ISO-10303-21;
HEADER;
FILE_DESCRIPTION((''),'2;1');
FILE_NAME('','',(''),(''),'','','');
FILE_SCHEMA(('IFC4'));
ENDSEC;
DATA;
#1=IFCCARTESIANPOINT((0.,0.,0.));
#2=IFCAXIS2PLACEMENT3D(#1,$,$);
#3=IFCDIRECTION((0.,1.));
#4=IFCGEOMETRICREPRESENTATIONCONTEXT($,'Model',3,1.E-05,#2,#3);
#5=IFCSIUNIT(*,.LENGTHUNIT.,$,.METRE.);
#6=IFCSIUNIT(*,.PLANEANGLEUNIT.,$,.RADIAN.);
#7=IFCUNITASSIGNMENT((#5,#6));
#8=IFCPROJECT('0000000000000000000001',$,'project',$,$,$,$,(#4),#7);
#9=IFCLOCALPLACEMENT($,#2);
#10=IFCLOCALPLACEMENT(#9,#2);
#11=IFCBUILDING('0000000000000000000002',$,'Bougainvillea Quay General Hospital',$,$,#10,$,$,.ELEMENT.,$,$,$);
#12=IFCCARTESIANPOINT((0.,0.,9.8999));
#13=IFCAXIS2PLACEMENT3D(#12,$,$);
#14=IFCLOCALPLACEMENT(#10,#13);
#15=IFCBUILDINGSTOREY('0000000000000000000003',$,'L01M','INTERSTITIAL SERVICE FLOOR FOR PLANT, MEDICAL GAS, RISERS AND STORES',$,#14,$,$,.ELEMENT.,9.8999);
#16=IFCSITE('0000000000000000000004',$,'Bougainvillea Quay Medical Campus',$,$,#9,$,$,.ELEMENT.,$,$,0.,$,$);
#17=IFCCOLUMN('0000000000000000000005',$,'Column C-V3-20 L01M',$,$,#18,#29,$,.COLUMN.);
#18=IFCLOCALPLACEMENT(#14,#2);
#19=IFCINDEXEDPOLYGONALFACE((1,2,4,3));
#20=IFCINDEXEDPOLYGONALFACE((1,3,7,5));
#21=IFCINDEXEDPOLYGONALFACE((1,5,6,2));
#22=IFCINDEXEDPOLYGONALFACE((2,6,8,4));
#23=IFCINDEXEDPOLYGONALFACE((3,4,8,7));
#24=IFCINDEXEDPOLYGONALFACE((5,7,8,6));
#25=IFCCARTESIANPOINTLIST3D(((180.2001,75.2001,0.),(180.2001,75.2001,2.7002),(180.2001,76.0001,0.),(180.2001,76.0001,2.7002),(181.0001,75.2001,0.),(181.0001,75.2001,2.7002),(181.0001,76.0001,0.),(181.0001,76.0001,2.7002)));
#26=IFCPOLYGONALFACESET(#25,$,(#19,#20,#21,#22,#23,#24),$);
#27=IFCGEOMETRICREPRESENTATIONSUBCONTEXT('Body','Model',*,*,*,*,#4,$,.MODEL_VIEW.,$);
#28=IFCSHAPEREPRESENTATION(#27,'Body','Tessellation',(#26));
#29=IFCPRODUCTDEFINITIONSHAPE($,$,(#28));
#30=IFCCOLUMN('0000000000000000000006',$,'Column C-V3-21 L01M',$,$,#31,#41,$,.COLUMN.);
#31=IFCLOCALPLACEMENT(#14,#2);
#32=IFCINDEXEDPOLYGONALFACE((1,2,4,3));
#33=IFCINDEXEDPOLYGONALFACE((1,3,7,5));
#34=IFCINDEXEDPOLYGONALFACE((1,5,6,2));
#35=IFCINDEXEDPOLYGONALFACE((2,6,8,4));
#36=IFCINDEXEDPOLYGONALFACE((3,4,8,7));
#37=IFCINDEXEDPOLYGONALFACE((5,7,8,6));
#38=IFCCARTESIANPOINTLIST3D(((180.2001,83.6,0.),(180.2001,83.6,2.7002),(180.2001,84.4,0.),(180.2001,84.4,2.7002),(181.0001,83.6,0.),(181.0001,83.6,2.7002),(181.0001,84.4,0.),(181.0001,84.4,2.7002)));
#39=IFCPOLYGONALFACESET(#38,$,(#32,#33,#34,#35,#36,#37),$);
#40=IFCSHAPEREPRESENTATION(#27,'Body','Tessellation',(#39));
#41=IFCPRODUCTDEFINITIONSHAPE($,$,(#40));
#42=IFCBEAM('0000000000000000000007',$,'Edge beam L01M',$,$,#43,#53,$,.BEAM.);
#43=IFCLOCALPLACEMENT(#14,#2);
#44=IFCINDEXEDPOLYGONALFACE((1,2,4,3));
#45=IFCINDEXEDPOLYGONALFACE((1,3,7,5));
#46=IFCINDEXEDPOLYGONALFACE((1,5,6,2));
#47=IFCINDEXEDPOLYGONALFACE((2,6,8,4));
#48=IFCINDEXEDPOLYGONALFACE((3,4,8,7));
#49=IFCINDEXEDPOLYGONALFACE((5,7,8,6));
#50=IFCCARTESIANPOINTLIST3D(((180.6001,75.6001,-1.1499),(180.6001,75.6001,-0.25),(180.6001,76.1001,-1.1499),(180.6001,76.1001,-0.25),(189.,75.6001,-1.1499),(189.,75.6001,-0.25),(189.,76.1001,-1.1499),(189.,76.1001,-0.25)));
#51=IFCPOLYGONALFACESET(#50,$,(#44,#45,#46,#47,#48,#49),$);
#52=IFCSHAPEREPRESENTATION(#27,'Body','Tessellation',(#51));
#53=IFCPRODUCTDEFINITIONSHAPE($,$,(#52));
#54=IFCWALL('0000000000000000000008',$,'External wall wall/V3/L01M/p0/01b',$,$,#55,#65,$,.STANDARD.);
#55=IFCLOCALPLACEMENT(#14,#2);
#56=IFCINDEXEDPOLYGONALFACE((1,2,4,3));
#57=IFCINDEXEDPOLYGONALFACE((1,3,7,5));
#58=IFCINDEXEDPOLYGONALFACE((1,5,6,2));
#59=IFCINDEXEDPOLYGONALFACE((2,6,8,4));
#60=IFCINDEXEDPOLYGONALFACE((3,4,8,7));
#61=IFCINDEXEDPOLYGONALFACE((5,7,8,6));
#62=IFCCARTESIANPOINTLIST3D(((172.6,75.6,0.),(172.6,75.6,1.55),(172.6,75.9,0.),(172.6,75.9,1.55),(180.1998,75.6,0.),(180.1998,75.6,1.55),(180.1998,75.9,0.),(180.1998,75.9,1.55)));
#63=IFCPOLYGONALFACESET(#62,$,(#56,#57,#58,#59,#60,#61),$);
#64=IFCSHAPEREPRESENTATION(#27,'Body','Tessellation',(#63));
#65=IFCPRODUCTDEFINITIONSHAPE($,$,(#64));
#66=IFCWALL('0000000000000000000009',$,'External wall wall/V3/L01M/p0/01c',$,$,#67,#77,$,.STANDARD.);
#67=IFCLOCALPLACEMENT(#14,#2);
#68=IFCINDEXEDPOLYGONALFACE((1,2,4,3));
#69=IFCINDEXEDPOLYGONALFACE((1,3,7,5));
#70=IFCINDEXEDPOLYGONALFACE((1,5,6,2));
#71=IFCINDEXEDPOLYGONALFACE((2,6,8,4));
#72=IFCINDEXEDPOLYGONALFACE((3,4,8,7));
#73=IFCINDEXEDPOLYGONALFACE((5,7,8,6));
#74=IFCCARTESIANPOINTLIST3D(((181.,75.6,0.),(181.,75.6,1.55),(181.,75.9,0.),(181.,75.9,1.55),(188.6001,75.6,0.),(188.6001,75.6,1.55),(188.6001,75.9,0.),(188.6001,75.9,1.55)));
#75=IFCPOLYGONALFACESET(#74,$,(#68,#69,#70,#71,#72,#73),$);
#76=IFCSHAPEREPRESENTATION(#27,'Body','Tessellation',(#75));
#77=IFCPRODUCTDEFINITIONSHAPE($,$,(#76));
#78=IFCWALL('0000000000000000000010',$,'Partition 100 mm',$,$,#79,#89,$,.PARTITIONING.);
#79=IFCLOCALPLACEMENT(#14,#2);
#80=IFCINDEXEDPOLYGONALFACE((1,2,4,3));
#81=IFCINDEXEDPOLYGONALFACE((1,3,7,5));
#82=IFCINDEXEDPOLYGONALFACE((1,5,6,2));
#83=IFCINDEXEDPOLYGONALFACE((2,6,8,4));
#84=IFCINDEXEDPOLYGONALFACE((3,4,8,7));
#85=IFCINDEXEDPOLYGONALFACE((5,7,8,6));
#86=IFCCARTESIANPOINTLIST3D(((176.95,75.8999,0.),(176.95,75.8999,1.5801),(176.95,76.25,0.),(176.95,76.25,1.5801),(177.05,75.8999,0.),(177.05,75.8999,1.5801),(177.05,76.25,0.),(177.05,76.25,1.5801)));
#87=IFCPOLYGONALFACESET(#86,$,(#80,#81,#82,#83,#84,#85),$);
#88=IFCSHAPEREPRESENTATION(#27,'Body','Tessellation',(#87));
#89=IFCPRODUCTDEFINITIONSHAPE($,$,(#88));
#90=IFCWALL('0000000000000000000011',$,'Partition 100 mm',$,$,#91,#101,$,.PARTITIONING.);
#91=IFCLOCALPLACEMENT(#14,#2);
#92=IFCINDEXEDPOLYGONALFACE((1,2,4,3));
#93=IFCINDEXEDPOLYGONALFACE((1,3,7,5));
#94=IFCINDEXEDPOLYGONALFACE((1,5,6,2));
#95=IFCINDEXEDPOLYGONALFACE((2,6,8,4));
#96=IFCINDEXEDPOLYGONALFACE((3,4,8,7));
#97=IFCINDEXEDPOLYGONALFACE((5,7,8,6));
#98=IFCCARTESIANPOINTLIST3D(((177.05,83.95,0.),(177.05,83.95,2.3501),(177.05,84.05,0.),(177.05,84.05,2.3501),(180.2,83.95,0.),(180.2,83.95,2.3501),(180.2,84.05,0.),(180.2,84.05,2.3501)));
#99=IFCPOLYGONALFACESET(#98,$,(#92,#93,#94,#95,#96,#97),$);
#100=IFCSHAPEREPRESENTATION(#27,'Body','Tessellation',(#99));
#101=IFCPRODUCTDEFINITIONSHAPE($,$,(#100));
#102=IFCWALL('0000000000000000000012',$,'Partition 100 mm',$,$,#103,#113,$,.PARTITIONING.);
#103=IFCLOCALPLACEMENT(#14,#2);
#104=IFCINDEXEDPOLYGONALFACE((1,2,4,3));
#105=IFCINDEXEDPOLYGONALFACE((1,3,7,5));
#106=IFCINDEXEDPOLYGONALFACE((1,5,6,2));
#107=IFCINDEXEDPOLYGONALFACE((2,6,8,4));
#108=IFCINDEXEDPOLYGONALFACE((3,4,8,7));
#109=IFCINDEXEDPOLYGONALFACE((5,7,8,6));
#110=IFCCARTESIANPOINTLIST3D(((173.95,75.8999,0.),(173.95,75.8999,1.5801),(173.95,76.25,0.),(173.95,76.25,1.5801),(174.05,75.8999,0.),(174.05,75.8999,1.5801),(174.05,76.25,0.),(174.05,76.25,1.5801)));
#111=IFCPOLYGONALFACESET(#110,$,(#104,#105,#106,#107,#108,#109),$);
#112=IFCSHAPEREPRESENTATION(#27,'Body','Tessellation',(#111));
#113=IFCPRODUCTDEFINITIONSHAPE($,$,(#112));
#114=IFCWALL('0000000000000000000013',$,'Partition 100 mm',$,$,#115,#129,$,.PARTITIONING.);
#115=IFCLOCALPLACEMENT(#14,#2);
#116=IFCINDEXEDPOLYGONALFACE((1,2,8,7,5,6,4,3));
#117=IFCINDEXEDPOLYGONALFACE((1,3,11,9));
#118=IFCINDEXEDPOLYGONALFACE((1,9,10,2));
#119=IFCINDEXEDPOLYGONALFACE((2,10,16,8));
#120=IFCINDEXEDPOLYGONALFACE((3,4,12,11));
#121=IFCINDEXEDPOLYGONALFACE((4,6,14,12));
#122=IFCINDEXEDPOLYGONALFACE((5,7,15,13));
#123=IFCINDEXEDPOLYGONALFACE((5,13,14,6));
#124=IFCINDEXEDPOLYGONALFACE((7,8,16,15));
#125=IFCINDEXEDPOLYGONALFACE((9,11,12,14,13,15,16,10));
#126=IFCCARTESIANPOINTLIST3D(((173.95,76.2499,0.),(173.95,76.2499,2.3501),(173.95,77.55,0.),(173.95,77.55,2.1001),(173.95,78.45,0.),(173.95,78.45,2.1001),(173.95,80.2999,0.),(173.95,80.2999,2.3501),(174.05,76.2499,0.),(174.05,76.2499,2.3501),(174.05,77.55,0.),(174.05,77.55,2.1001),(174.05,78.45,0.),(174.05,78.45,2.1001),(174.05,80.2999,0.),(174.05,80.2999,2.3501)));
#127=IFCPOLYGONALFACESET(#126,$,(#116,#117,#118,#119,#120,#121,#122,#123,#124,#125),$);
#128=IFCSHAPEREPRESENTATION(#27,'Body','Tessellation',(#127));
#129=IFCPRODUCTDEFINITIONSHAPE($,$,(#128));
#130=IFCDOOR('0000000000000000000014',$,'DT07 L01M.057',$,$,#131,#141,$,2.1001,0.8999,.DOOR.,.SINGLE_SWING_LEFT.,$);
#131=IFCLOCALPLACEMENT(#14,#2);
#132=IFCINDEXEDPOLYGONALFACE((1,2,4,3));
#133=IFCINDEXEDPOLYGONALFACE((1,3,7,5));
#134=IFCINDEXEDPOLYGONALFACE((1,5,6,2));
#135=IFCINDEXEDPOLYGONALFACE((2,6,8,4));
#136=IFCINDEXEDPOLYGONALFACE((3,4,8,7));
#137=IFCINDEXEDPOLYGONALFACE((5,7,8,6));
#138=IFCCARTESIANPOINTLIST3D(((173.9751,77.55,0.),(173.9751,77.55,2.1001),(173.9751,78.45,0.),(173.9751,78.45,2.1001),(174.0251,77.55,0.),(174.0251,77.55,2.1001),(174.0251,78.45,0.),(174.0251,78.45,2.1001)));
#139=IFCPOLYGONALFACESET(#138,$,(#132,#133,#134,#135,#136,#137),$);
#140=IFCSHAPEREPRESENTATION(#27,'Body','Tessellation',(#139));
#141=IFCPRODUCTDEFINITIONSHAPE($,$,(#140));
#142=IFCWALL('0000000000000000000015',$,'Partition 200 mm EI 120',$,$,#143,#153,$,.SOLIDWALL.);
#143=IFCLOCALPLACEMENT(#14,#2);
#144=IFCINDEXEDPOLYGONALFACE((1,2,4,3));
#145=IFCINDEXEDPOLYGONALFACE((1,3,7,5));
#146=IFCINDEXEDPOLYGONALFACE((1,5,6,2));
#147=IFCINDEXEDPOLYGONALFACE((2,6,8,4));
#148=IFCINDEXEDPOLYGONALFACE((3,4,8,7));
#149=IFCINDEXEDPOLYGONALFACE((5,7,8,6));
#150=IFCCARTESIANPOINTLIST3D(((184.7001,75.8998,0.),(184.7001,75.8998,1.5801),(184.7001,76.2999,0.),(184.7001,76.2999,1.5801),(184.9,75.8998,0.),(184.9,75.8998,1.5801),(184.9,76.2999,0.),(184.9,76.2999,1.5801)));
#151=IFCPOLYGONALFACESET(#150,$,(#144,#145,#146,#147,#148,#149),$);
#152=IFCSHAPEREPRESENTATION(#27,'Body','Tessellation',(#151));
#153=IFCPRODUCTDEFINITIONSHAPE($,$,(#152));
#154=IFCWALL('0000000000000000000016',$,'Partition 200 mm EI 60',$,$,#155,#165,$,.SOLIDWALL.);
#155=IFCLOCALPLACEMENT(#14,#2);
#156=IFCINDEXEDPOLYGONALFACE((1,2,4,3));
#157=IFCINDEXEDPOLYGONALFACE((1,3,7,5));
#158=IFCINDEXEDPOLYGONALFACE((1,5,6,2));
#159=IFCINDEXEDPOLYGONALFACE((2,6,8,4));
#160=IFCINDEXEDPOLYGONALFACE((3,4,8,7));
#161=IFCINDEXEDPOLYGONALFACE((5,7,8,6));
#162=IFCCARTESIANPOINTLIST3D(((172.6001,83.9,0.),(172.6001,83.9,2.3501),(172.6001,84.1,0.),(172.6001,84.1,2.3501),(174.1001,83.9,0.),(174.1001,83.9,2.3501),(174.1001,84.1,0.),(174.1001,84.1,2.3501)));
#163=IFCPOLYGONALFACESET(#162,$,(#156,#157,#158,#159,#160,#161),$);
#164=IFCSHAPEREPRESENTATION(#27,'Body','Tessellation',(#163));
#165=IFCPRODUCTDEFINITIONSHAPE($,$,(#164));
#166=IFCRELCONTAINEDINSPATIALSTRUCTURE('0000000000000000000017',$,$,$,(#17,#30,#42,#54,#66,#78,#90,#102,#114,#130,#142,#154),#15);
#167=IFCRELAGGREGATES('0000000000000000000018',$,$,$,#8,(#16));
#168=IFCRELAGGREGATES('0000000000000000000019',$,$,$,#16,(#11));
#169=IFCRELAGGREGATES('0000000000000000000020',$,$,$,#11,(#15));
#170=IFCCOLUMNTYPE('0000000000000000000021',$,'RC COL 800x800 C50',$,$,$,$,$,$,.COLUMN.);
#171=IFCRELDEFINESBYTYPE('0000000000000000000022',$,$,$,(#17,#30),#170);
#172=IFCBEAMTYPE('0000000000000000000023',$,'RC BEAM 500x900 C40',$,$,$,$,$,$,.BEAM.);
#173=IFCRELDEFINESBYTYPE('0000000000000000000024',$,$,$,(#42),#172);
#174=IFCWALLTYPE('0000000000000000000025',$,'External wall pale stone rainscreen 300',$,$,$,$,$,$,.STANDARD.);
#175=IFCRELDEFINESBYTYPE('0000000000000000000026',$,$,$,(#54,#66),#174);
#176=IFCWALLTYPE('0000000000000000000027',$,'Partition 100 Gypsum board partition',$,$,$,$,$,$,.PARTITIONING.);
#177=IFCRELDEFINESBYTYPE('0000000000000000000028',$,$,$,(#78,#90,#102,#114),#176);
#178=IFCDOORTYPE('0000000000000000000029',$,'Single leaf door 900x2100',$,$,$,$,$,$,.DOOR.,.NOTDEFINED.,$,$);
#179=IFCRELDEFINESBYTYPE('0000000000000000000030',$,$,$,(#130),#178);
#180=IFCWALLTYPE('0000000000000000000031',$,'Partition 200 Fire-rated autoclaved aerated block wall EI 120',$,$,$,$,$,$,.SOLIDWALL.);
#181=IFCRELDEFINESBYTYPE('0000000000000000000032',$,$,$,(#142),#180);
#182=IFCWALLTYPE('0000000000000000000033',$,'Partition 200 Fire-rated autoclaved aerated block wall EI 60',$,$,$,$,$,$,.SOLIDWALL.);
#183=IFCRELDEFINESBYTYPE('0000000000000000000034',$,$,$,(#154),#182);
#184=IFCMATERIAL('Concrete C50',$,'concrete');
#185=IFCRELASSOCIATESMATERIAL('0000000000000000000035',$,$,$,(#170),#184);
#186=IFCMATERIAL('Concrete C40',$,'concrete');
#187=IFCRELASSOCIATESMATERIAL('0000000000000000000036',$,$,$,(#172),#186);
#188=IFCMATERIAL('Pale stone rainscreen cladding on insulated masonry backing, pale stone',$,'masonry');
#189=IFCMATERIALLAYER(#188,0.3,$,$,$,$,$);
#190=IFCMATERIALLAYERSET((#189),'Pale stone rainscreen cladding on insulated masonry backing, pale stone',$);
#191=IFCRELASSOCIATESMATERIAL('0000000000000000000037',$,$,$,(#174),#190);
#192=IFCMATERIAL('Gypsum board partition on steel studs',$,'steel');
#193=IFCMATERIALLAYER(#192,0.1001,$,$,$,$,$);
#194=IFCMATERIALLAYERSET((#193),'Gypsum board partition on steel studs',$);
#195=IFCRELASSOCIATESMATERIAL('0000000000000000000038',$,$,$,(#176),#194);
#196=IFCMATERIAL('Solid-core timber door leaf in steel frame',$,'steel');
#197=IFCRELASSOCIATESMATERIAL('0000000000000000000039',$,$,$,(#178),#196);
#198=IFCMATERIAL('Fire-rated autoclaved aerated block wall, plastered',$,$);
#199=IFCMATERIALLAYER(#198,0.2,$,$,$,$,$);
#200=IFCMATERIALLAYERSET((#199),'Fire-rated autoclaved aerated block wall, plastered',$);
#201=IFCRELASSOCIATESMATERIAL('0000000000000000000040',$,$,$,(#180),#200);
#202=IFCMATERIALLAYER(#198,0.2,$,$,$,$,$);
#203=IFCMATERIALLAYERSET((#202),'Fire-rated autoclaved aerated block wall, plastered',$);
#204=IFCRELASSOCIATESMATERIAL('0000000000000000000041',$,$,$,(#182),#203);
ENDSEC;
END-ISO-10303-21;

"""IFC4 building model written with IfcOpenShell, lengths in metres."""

from ifc_helpers import new_model, si_unit, direction, frame, frame_2d, origin, origin_2d, place, context, subcontext, project, spatial, rectangle, extrude, material, layer, layer_set, material_profile, profile_set, type_object, element, fill, save


model = new_model("IFC4")

# Units and contexts
model_context = context("Model", 3, precision=1e-05, world=origin(), true_north=direction((0.0, 1.0)))
body_context = subcontext(model_context, "Body", "Model", "MODEL_VIEW")
ifc_project = project(units=[si_unit("LENGTHUNIT", "METRE"), si_unit("PLANEANGLEUNIT", "RADIAN")], contexts=[model_context])

# Site, building, storey
site_placement = place(None, origin())
site = spatial("IfcSite", under=ifc_project, at=site_placement, Name="Bougainvillea Quay Medical Campus", CompositionType="ELEMENT", RefElevation=0.0)
building_placement = place(site_placement, origin())
building = spatial("IfcBuilding", under=site, at=building_placement, Name="Bougainvillea Quay General Hospital", CompositionType="ELEMENT")
storey_placement = place(building_placement, frame((0.0, 0.0, 9.8999)))
storey = spatial("IfcBuildingStorey", under=building, at=storey_placement, Name="L01M", Description="INTERSTITIAL SERVICE FLOOR FOR PLANT, MEDICAL GAS, RISERS AND STORES", CompositionType="ELEMENT", Elevation=9.8999)

# Columns
ifc_material_1 = material(Name="Concrete C50", Category="concrete")
ifc_material_profile_1 = material_profile(ifc_material_1, rectangle(XDim=0.8, YDim=0.8, at=origin_2d()))
ifc_profile_set_1 = profile_set([ifc_material_profile_1], Name="Concrete C50")
column_type = type_object("IfcColumnType", Name="RC COL 800x800 C50", PredefinedType="COLUMN", material=ifc_profile_set_1)
for number, where, z_axis, x_axis, name in (
    (1, (180.6001, 75.6001, 0.0), (0.0, 0.0, 1.0), (1.0, 0.0, 0.0), "Column C-V3-20 L01M"),
    (2, (180.6001, 84.0, 0.0), (0.0, 0.0, 1.0), (1.0, 0.0, 0.0), "Column C-V3-21 L01M"),
):
    element("IfcColumn", number, at=place(storey_placement, frame(where, z_axis=z_axis, x_axis=x_axis)), inside=storey, type_object=column_type, Name=name, PredefinedType="COLUMN", context=body_context, shape_type="SweptSolid", body=[
        extrude(rectangle(XDim=0.8, YDim=0.8, at=origin_2d()), origin(), (0.0, 0.0, 1.0), 2.7002),
    ])

# Beam
ifc_material_2 = material(Name="Concrete C40", Category="concrete")
ifc_material_profile_2 = material_profile(ifc_material_2, rectangle(XDim=0.5, YDim=0.8999, at=origin_2d()))
ifc_profile_set_2 = profile_set([ifc_material_profile_2], Name="Concrete C40")
beam_type = type_object("IfcBeamType", Name="RC BEAM 500x900 C40", PredefinedType="BEAM", material=ifc_profile_set_2)
beam_placement = place(storey_placement, frame((180.6001, 75.8501, -0.7), z_axis=(1.0, 0.0, 0.0), x_axis=(0.0, 1.0, 0.0)))
element("IfcBeam", 3, at=beam_placement, inside=storey, type_object=beam_type, Name="Edge beam L01M", PredefinedType="BEAM", context=body_context, shape_type="SweptSolid", body=[
    extrude(rectangle(XDim=0.5, YDim=0.8999, at=origin_2d()), origin(), (0.0, 0.0, 1.0), 8.3999),
])

# Walls
ifc_material_3 = material(Name="Pale stone rainscreen cladding on insulated masonry backing, pale stone", Category="masonry")
ifc_layer_1 = layer(ifc_material_3, 0.3)
ifc_layer_set_1 = layer_set([ifc_layer_1], Name="Pale stone rainscreen cladding on insulated masonry backing, pale stone")
wall_type_1 = type_object("IfcWallType", Name="External wall pale stone rainscreen 300", PredefinedType="STANDARD", material=ifc_layer_set_1)
wall_1_placement = place(storey_placement, frame((172.6001, 75.75, 0.0), z_axis=(0.0, 0.0, 1.0), x_axis=(1.0, 0.0, 0.0)))
element("IfcWall", 4, at=wall_1_placement, inside=storey, type_object=wall_type_1, Name="External wall wall/V3/L01M/p0/01b", PredefinedType="STANDARD", context=body_context, shape_type="SweptSolid", body=[
    extrude(rectangle(XDim=7.5999, YDim=0.3, at=frame_2d((3.7998, 0.0))), origin(), (0.0, 0.0, 1.0), 1.55),
])
wall_2_placement = place(storey_placement, frame((181.0, 75.75, 0.0), z_axis=(0.0, 0.0, 1.0), x_axis=(1.0, 0.0, 0.0)))
element("IfcWall", 5, at=wall_2_placement, inside=storey, type_object=wall_type_1, Name="External wall wall/V3/L01M/p0/01c", PredefinedType="STANDARD", context=body_context, shape_type="SweptSolid", body=[
    extrude(rectangle(XDim=7.6001, YDim=0.3, at=frame_2d((3.8, 0.0))), origin(), (0.0, 0.0, 1.0), 1.55),
])
ifc_material_4 = material(Name="Gypsum board partition on steel studs", Category="steel")
ifc_layer_2 = layer(ifc_material_4, 0.1001)
ifc_layer_set_2 = layer_set([ifc_layer_2], Name="Gypsum board partition on steel studs")
wall_type_2 = type_object("IfcWallType", Name="Partition 100 Gypsum board partition", PredefinedType="PARTITIONING", material=ifc_layer_set_2)
wall_3_placement = place(storey_placement, frame((177.0, 76.25, 0.0), z_axis=(0.0, 0.0, 1.0), x_axis=(0.0, -1.0, 0.0)))
element("IfcWall", 6, at=wall_3_placement, inside=storey, type_object=wall_type_2, Name="Partition 100 mm", PredefinedType="PARTITIONING", context=body_context, shape_type="SweptSolid", body=[
    extrude(rectangle(XDim=0.3501, YDim=0.1001, at=frame_2d((0.175, 0.0))), origin(), (0.0, 0.0, 1.0), 1.5801),
])
wall_4_placement = place(storey_placement, frame((177.05, 84.0, 0.0), z_axis=(0.0, 0.0, 1.0), x_axis=(1.0, 0.0, 0.0)))
element("IfcWall", 7, at=wall_4_placement, inside=storey, type_object=wall_type_2, Name="Partition 100 mm", PredefinedType="PARTITIONING", context=body_context, shape_type="SweptSolid", body=[
    extrude(rectangle(XDim=3.1499, YDim=0.1001, at=frame_2d((1.575, 0.0))), origin(), (0.0, 0.0, 1.0), 2.3501),
])
wall_5_placement = place(storey_placement, frame((174.0, 75.8999, 0.0), z_axis=(0.0, 0.0, 1.0), x_axis=(0.0, 1.0, 0.0)))
element("IfcWall", 8, at=wall_5_placement, inside=storey, type_object=wall_type_2, Name="Partition 100 mm", PredefinedType="PARTITIONING", context=body_context, shape_type="SweptSolid", body=[
    extrude(rectangle(XDim=0.3501, YDim=0.1001, at=frame_2d((0.175, 0.0))), origin(), (0.0, 0.0, 1.0), 1.5801),
])

# Wall, opening, door
wall_6_placement = place(storey_placement, frame((174.0, 76.25, 0.0), z_axis=(0.0, 0.0, 1.0), x_axis=(0.0, 1.0, 0.0)))
wall_6 = element("IfcWall", 9, at=wall_6_placement, inside=storey, type_object=wall_type_2, Name="Partition 100 mm", PredefinedType="PARTITIONING", context=body_context, shape_type="SweptSolid", body=[
    extrude(rectangle(XDim=4.05, YDim=0.1001, at=frame_2d((2.0249, 0.0))), origin(), (0.0, 0.0, 1.0), 2.3501),
])
opening_1_placement = place(wall_6_placement, frame((1.3, 0.0, 0.0)))
opening_1 = element("IfcOpeningElement", 10, at=opening_1_placement, cuts=wall_6, PredefinedType="OPENING", context=body_context, shape_type="SweptSolid", body=[
    extrude(rectangle(XDim=0.8999, YDim=2.1001, at=frame_2d((0.45, 1.05))), frame((0.0, 0.0601, 0.0), z_axis=(0.0, -1.0, 0.0), x_axis=(1.0, 0.0, 0.0)), (0.0, 0.0, 1.0), 0.1201),
])
ifc_material_5 = material(Name="Solid-core timber door leaf in steel frame", Category="steel")
door_type_1 = type_object("IfcDoorType", Name="Single leaf door 900x2100", OperationType="NOTDEFINED", PredefinedType="DOOR", material=ifc_material_5)
door_1_placement = place(opening_1_placement, origin())
door_1 = element("IfcDoor", 11, at=door_1_placement, inside=storey, type_object=door_type_1, Name="DT07 L01M.057", OperationType="SINGLE_SWING_LEFT", OverallHeight=2.1001, OverallWidth=0.8999, PredefinedType="DOOR", context=body_context, shape_type="SweptSolid", body=[
    extrude(rectangle(XDim=0.8999, YDim=2.1001, at=frame_2d((0.45, 1.05))), frame((0.0, 0.0249, 0.0), z_axis=(0.0, -1.0, 0.0), x_axis=(1.0, 0.0, 0.0)), (0.0, 0.0, 1.0), 0.05),
])
fill(opening_1, door_1)

# Walls
ifc_material_6 = material(Name="Fire-rated autoclaved aerated block wall, plastered")
ifc_layer_3 = layer(ifc_material_6, 0.2)
ifc_layer_set_3 = layer_set([ifc_layer_3], Name="Fire-rated autoclaved aerated block wall, plastered")
wall_type_3 = type_object("IfcWallType", Name="Partition 200 Fire-rated autoclaved aerated block wall EI 120", PredefinedType="SOLIDWALL", material=ifc_layer_set_3)
wall_7_placement = place(storey_placement, frame((184.8, 76.3, 0.0), z_axis=(0.0, 0.0, 1.0), x_axis=(0.0, -1.0, 0.0)))
element("IfcWall", 12, at=wall_7_placement, inside=storey, type_object=wall_type_3, Name="Partition 200 mm EI 120", PredefinedType="SOLIDWALL", context=body_context, shape_type="SweptSolid", body=[
    extrude(rectangle(XDim=0.4001, YDim=0.2, at=frame_2d((0.2002, 0.0))), origin(), (0.0, 0.0, 1.0), 1.5801),
])
ifc_layer_4 = layer(ifc_material_6, 0.2)
ifc_layer_set_4 = layer_set([ifc_layer_4], Name="Fire-rated autoclaved aerated block wall, plastered")
wall_type_4 = type_object("IfcWallType", Name="Partition 200 Fire-rated autoclaved aerated block wall EI 60", PredefinedType="SOLIDWALL", material=ifc_layer_set_4)
wall_8_placement = place(storey_placement, frame((172.6001, 84.0, 0.0), z_axis=(0.0, 0.0, 1.0), x_axis=(1.0, 0.0, 0.0)))
element("IfcWall", 13, at=wall_8_placement, inside=storey, type_object=wall_type_4, Name="Partition 200 mm EI 60", PredefinedType="SOLIDWALL", context=body_context, shape_type="SweptSolid", body=[
    extrude(rectangle(XDim=1.5, YDim=0.2, at=frame_2d((0.75, 0.0))), origin(), (0.0, 0.0, 1.0), 2.3501),
])

save(model, "model.ifc")
